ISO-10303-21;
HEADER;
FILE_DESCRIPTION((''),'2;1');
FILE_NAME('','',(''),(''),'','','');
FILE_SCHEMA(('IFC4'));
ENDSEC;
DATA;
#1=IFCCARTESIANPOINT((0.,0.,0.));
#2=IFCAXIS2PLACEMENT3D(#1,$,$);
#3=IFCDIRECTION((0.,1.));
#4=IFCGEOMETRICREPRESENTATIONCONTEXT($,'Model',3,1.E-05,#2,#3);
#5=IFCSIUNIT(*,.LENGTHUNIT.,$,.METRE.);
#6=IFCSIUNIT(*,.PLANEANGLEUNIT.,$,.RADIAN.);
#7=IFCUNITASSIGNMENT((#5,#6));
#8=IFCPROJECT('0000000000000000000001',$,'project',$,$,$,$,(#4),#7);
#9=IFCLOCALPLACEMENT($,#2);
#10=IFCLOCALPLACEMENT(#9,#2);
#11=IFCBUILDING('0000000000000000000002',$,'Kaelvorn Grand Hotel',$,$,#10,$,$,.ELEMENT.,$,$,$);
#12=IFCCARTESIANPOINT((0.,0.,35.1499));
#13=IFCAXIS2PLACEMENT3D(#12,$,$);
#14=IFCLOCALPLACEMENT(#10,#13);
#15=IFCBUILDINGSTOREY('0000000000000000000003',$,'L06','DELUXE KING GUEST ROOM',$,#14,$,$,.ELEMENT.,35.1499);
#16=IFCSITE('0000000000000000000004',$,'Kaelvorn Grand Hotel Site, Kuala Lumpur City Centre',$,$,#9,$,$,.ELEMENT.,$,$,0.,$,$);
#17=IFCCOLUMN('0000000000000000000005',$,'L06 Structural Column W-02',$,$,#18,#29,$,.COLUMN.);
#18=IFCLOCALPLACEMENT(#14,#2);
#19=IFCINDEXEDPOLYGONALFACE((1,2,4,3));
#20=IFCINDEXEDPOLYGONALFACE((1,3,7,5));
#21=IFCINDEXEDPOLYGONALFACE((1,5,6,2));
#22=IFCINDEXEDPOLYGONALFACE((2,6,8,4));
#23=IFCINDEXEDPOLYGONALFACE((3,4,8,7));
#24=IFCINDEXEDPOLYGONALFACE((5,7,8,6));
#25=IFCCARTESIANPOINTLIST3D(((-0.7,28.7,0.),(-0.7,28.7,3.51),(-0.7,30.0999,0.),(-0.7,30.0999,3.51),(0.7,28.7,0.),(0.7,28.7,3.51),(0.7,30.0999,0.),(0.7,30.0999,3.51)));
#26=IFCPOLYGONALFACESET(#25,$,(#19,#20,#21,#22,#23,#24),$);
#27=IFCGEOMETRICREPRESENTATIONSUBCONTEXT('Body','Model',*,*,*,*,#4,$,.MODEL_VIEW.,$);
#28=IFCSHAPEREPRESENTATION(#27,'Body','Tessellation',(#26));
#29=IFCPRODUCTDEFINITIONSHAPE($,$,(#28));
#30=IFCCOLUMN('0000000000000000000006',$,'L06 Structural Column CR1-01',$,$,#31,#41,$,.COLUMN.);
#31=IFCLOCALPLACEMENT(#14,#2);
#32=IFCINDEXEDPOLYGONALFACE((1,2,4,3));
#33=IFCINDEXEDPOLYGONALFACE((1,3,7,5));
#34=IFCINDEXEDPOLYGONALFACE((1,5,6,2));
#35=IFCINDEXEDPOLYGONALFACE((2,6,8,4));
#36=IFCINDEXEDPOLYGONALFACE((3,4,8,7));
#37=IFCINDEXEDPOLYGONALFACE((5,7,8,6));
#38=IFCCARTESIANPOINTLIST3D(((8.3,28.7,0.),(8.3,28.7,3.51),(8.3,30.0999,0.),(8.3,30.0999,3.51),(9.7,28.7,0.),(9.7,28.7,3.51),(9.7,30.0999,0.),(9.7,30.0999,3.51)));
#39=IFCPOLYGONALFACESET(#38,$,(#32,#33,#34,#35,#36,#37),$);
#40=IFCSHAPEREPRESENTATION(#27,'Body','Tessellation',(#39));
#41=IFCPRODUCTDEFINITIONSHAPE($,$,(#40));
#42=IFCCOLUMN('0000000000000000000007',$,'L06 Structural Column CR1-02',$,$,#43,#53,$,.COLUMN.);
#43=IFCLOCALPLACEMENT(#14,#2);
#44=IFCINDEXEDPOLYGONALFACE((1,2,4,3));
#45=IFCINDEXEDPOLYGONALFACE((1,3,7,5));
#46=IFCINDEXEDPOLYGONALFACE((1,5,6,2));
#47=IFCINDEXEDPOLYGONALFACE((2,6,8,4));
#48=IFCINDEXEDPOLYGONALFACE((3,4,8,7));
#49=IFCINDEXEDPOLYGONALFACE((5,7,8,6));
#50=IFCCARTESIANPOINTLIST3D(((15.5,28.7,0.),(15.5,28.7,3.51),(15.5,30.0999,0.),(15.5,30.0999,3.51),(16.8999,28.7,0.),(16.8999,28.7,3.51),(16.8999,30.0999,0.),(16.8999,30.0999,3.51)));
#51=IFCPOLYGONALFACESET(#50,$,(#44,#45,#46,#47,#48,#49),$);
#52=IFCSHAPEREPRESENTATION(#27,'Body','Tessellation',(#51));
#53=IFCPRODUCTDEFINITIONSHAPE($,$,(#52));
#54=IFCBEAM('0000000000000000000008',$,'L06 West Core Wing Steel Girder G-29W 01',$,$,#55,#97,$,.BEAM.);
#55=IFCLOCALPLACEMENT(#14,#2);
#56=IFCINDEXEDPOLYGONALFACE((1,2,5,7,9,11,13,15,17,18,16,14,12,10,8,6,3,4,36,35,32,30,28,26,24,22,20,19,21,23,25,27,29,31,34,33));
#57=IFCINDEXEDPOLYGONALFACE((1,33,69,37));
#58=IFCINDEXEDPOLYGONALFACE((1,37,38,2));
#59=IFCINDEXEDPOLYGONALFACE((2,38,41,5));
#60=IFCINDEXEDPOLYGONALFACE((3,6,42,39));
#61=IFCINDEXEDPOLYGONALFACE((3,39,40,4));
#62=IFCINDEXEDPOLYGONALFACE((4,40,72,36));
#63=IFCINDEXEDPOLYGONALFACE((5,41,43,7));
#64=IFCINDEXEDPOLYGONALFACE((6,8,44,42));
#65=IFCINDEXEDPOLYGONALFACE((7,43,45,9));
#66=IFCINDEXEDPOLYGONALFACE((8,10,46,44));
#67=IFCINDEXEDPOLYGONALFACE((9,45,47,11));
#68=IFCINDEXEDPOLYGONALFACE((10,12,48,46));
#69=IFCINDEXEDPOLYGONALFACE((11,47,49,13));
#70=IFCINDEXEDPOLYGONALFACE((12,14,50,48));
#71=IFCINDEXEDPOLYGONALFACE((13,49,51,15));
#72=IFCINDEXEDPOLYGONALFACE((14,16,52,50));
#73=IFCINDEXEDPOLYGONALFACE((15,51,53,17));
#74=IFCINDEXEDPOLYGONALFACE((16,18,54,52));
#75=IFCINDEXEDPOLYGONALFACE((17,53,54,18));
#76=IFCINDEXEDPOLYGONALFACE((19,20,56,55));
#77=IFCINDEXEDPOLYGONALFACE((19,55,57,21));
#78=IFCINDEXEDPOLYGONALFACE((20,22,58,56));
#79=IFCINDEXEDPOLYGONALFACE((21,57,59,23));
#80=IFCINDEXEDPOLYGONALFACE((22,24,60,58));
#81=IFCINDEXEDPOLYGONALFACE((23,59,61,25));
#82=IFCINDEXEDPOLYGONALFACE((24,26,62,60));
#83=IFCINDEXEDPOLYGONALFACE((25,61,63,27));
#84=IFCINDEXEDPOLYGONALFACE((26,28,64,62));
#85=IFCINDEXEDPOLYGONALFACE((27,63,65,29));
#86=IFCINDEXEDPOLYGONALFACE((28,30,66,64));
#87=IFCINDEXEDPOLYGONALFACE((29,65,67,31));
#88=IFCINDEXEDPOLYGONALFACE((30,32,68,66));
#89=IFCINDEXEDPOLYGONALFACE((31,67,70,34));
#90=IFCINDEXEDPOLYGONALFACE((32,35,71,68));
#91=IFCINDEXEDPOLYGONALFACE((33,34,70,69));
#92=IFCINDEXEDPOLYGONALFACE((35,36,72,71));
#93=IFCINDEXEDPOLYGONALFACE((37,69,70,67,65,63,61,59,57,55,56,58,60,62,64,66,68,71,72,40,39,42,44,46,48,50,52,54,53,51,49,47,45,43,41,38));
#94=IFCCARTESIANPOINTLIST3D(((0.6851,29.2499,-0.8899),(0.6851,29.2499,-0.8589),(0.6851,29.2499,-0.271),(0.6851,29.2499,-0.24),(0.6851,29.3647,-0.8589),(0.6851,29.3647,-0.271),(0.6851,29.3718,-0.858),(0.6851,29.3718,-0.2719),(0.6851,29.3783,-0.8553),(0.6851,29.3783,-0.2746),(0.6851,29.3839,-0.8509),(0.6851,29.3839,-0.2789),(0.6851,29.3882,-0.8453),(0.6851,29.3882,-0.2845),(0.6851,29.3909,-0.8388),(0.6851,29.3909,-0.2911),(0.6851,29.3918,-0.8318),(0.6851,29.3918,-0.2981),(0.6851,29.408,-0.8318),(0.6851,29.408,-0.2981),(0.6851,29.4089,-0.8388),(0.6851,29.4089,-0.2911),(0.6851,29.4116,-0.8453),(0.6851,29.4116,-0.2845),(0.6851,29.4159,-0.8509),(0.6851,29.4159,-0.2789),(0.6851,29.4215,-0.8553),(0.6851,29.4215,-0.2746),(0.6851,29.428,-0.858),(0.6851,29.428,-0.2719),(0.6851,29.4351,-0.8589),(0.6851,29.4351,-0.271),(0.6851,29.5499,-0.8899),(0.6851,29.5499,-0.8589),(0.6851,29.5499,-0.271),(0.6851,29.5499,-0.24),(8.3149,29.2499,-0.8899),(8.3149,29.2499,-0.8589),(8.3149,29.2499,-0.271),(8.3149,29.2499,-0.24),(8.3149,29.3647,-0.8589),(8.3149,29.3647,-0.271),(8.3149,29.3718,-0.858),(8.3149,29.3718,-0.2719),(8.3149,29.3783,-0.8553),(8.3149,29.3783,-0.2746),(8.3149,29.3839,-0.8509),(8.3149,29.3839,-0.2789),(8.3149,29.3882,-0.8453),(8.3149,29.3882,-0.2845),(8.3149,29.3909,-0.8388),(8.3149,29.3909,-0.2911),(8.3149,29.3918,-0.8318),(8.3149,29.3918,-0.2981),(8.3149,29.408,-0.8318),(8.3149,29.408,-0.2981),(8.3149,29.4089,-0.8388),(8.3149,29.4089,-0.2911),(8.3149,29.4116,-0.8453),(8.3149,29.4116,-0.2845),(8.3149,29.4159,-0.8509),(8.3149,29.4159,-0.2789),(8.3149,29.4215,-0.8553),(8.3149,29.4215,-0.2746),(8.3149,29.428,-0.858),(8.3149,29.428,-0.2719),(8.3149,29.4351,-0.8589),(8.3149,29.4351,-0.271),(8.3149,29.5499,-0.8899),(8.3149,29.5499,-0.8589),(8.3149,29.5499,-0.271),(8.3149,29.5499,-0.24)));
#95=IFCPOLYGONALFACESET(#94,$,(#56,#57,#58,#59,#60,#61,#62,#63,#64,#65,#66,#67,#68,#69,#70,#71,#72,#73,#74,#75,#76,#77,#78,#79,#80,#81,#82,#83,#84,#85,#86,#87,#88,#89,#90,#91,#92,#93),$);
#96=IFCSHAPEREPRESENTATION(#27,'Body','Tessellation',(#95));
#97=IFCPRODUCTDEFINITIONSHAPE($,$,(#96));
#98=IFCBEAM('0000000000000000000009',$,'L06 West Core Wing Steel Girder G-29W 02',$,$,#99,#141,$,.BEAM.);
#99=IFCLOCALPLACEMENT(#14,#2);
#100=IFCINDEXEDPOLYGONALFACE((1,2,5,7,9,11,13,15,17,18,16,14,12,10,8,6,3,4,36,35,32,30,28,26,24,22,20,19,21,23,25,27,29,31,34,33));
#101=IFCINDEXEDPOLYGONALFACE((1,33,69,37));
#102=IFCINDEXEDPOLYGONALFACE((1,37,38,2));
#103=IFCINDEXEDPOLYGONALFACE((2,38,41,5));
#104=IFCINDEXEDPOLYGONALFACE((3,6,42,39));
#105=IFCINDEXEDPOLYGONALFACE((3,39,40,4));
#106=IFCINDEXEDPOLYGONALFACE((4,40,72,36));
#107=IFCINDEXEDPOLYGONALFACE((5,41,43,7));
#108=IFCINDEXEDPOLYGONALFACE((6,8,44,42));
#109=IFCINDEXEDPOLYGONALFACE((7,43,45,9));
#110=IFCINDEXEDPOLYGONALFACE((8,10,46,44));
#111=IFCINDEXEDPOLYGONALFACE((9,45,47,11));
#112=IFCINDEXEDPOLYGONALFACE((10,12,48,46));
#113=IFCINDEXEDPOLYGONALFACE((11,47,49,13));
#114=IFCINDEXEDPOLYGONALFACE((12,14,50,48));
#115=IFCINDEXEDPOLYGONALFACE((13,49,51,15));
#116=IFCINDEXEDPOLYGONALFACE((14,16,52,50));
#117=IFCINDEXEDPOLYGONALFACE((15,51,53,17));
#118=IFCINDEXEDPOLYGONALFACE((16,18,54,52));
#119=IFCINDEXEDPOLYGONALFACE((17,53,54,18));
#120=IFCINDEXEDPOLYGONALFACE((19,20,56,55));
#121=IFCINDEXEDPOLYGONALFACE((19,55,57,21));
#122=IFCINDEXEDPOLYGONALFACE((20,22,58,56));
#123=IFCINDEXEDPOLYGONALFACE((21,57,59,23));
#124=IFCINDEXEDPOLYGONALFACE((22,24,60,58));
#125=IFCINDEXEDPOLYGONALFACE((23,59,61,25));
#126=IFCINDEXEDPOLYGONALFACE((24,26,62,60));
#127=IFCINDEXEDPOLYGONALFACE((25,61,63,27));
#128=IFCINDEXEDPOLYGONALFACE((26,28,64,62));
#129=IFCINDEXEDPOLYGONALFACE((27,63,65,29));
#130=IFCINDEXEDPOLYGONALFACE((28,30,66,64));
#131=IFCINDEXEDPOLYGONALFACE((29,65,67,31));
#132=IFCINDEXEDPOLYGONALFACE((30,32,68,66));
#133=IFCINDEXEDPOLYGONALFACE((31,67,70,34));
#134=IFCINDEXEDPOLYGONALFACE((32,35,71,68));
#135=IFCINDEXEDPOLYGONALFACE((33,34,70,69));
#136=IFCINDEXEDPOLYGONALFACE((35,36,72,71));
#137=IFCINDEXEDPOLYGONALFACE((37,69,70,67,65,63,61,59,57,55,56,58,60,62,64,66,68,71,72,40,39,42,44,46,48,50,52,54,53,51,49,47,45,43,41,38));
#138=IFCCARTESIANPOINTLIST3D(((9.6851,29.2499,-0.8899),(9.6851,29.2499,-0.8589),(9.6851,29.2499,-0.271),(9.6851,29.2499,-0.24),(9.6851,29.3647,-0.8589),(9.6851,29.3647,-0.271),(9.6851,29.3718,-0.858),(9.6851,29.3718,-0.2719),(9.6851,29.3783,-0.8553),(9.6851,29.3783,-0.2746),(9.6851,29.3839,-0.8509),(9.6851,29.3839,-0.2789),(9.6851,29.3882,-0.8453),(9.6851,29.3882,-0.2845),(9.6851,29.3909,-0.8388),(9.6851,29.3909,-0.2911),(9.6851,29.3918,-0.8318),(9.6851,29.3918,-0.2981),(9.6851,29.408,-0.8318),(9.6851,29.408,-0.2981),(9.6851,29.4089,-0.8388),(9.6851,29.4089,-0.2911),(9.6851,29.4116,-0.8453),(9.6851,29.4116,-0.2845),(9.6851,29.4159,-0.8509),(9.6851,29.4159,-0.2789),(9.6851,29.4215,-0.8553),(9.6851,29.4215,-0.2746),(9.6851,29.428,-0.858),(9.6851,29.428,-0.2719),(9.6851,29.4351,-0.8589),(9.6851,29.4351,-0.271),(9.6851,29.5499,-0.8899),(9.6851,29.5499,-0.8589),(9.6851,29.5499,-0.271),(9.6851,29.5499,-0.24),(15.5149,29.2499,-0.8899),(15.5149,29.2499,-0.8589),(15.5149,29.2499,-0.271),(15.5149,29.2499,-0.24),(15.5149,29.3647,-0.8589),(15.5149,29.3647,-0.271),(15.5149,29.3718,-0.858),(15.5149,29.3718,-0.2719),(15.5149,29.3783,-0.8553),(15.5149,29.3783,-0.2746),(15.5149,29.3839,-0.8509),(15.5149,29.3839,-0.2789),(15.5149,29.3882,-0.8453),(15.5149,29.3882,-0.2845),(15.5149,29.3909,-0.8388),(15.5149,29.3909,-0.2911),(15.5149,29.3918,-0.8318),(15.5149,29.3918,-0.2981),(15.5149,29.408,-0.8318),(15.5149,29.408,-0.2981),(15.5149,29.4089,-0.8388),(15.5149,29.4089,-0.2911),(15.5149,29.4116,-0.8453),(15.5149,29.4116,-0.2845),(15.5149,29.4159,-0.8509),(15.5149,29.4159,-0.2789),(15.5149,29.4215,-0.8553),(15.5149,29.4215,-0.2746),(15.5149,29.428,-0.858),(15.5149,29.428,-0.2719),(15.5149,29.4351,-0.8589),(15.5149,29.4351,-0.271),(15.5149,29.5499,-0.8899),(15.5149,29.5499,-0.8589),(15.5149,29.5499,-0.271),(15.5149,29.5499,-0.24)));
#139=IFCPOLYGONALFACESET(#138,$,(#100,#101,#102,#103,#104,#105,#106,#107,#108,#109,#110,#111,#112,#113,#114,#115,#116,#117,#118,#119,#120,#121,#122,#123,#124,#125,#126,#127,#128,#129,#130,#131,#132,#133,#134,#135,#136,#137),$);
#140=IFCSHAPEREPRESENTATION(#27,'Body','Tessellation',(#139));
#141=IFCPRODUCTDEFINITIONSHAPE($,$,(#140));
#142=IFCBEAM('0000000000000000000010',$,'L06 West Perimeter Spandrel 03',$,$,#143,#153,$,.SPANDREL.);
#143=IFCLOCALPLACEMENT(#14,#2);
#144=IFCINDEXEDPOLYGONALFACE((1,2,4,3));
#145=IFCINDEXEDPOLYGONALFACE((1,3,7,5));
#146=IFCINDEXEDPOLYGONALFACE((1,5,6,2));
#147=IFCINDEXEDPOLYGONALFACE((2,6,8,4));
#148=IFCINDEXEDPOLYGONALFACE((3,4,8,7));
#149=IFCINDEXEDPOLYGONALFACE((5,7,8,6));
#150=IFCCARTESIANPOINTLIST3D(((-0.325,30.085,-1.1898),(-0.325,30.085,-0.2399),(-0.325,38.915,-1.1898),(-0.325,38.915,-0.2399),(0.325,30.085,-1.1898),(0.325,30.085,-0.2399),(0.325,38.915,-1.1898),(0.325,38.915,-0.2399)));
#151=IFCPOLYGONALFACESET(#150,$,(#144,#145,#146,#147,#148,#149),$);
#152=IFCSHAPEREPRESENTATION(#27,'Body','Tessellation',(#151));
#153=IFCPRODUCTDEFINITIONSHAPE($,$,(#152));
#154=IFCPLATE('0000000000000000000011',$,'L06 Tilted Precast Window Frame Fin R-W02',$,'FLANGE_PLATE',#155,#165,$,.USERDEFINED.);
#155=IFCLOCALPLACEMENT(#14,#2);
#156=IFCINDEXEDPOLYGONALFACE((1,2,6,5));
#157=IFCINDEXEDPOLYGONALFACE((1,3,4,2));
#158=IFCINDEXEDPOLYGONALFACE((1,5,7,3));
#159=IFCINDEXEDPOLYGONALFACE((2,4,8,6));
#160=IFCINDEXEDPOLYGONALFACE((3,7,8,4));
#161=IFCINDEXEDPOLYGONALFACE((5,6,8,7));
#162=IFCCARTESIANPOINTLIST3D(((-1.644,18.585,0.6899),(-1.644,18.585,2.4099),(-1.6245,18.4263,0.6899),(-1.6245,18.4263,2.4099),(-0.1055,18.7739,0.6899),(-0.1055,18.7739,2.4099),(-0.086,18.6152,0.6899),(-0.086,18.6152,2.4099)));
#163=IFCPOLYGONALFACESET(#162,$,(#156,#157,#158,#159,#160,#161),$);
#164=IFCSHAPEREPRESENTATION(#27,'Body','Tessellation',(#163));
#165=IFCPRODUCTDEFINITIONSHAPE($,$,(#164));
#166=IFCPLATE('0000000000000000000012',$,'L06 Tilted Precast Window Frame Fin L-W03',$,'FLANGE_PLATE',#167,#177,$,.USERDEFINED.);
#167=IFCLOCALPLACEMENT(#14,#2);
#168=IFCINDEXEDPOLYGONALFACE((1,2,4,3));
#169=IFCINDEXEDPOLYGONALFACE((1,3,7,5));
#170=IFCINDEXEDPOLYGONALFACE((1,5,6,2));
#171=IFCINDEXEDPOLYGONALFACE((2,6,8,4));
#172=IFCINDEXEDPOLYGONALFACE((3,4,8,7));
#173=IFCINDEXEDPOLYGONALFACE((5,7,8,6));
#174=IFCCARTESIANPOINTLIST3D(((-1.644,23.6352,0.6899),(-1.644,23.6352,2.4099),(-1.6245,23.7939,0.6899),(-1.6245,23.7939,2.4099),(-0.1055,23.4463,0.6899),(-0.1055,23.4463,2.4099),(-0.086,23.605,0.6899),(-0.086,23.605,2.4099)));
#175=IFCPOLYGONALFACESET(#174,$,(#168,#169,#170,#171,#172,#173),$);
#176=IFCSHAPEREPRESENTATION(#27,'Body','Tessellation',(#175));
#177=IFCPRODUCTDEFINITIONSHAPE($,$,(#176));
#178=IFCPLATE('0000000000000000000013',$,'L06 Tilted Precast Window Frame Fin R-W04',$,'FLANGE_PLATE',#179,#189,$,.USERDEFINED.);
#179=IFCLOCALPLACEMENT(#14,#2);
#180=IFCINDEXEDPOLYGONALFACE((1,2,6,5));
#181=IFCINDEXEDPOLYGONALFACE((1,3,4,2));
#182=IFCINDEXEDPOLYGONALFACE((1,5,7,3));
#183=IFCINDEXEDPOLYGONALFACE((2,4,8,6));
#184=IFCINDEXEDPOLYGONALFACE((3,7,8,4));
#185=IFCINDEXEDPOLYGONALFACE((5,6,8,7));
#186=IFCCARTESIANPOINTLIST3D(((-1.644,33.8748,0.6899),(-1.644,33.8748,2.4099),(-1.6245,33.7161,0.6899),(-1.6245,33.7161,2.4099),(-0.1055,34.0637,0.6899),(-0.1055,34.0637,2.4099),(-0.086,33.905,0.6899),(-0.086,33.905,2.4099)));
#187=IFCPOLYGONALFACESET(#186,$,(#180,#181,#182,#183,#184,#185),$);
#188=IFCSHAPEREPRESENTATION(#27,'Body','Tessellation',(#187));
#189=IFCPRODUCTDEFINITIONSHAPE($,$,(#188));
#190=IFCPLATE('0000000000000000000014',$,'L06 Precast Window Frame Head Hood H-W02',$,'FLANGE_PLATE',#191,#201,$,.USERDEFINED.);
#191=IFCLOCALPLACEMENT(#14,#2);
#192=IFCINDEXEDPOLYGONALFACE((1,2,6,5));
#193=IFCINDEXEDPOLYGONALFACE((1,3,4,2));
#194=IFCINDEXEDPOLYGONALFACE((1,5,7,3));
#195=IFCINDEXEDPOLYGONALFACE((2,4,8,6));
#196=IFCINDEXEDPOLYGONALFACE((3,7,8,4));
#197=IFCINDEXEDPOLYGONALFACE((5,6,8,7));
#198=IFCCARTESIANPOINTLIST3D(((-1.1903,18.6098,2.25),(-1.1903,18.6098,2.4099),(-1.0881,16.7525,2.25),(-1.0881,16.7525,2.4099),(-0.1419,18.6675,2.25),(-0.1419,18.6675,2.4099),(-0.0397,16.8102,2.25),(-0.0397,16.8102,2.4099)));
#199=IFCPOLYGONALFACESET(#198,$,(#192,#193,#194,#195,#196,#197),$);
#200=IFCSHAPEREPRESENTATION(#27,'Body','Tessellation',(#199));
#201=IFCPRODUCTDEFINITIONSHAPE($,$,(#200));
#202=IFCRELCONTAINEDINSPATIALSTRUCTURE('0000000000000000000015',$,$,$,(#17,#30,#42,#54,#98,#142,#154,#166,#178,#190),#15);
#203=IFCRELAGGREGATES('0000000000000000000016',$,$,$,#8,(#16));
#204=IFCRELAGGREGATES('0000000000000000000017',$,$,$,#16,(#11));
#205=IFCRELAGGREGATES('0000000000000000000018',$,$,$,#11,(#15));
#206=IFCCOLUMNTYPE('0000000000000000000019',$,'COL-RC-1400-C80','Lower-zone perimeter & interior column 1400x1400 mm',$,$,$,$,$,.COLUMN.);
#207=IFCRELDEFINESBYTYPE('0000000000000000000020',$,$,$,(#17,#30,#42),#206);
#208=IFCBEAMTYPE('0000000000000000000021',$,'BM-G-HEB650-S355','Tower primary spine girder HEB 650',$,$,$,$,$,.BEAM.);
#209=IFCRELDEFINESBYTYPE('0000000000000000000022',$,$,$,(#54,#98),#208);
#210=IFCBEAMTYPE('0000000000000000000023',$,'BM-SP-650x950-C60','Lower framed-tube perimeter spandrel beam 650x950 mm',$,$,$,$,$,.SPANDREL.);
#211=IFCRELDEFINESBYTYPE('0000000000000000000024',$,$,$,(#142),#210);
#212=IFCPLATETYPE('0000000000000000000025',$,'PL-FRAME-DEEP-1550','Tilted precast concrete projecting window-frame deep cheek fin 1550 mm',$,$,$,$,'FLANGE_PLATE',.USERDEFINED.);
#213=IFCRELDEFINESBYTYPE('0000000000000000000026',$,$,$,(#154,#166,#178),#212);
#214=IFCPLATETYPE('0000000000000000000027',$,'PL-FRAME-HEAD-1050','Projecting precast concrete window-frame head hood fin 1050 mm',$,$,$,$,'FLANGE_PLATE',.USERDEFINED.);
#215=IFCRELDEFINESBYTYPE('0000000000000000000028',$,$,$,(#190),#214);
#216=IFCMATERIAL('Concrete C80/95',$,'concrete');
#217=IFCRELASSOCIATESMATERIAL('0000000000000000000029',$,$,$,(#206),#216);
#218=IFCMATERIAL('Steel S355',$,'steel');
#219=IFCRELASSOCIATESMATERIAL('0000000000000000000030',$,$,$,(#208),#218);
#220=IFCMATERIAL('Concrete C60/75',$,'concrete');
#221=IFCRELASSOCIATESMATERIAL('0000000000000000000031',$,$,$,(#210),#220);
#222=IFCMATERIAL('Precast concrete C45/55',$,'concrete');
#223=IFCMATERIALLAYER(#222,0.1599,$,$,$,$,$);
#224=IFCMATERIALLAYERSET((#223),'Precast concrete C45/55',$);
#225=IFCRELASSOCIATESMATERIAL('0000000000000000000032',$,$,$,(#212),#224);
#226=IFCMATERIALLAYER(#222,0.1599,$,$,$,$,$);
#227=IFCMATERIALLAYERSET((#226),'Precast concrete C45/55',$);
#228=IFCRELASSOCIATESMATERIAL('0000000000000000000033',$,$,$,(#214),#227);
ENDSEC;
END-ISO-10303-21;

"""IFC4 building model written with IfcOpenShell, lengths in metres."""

from ifc_helpers import new_model, si_unit, direction, frame, origin, origin_2d, place, context, subcontext, project, spatial, rectangle, i_section, extrude, material, layer, layer_set, material_profile, profile_set, type_object, element, save


model = new_model("IFC4")

# Units and contexts
model_context = context("Model", 3, precision=1e-05, world=origin(), true_north=direction((0.0, 1.0)))
body_context = subcontext(model_context, "Body", "Model", "MODEL_VIEW")
ifc_project = project(units=[si_unit("LENGTHUNIT", "METRE"), si_unit("PLANEANGLEUNIT", "RADIAN")], contexts=[model_context])

# Site, building, storey
site_placement = place(None, origin())
site = spatial("IfcSite", under=ifc_project, at=site_placement, Name="Kaelvorn Grand Hotel Site, Kuala Lumpur City Centre", CompositionType="ELEMENT", RefElevation=0.0)
building_placement = place(site_placement, origin())
building = spatial("IfcBuilding", under=site, at=building_placement, Name="Kaelvorn Grand Hotel", CompositionType="ELEMENT")
storey_placement = place(building_placement, frame((0.0, 0.0, 35.1499)))
storey = spatial("IfcBuildingStorey", under=building, at=storey_placement, Name="L06", Description="DELUXE KING GUEST ROOM", CompositionType="ELEMENT", Elevation=35.1499)

# Columns
ifc_material_1 = material(Name="Concrete C80/95", Category="concrete")
ifc_material_profile_1 = material_profile(ifc_material_1, rectangle(XDim=1.3999, YDim=1.3999, at=origin_2d()), Name="RC COL 1400x1400")
ifc_profile_set_1 = profile_set([ifc_material_profile_1], Name="Concrete C80/95")
column_type = type_object("IfcColumnType", Name="COL-RC-1400-C80", Description="Lower-zone perimeter & interior column 1400x1400 mm", PredefinedType="COLUMN", material=ifc_profile_set_1)
for number, where, z_axis, x_axis, name in (
    (1, (0.0, 29.3999, 0.0), (0.0, 0.0, 1.0), (1.0, 0.0, 0.0), "L06 Structural Column W-02"),
    (2, (9.0, 29.3999, 0.0), (0.0, 0.0, 1.0), (1.0, 0.0, 0.0), "L06 Structural Column CR1-01"),
    (3, (16.2, 29.3999, 0.0), (0.0, 0.0, 1.0), (1.0, 0.0, 0.0), "L06 Structural Column CR1-02"),
):
    element("IfcColumn", number, at=place(storey_placement, frame(where, z_axis=z_axis, x_axis=x_axis)), inside=storey, type_object=column_type, Name=name, PredefinedType="COLUMN", context=body_context, shape_type="SweptSolid", body=[
        extrude(rectangle(XDim=1.3999, YDim=1.3999, at=origin_2d()), origin(), (0.0, 0.0, 1.0), 3.51),
    ])

# Beams
ifc_material_2 = material(Name="Steel S355", Category="steel")
ifc_material_profile_2 = material_profile(ifc_material_2, i_section(OverallWidth=0.3, OverallDepth=0.6499, WebThickness=0.0161, FlangeThickness=0.031, FilletRadius=0.0271, at=origin_2d()), Name="HEB 650")
ifc_profile_set_2 = profile_set([ifc_material_profile_2], Name="Steel S355")
beam_type_1 = type_object("IfcBeamType", Name="BM-G-HEB650-S355", Description="Tower primary spine girder HEB 650", PredefinedType="BEAM", material=ifc_profile_set_2)
beam_1_placement = place(storey_placement, frame((0.6851, 29.3999, -0.5649), z_axis=(1.0, 0.0, 0.0), x_axis=(0.0, 1.0, 0.0)))
element("IfcBeam", 4, at=beam_1_placement, inside=storey, type_object=beam_type_1, Name="L06 West Core Wing Steel Girder G-29W 01", PredefinedType="BEAM", context=body_context, shape_type="SweptSolid", body=[
    extrude(i_section(OverallWidth=0.3, OverallDepth=0.6499, WebThickness=0.0161, FlangeThickness=0.031, FilletRadius=0.0271, at=origin_2d()), origin(), (0.0, 0.0, 1.0), 7.6299),
])
beam_2_placement = place(storey_placement, frame((9.6851, 29.3999, -0.5649), z_axis=(1.0, 0.0, 0.0), x_axis=(0.0, 1.0, 0.0)))
element("IfcBeam", 5, at=beam_2_placement, inside=storey, type_object=beam_type_1, Name="L06 West Core Wing Steel Girder G-29W 02", PredefinedType="BEAM", context=body_context, shape_type="SweptSolid", body=[
    extrude(i_section(OverallWidth=0.3, OverallDepth=0.6499, WebThickness=0.0161, FlangeThickness=0.031, FilletRadius=0.0271, at=origin_2d()), origin(), (0.0, 0.0, 1.0), 5.8298),
])
ifc_material_3 = material(Name="Concrete C60/75", Category="concrete")
ifc_material_profile_3 = material_profile(ifc_material_3, rectangle(XDim=0.6499, YDim=0.95, at=origin_2d()), Name="RC SPANDREL 650x950")
ifc_profile_set_3 = profile_set([ifc_material_profile_3], Name="Concrete C60/75")
beam_type_2 = type_object("IfcBeamType", Name="BM-SP-650x950-C60", Description="Lower framed-tube perimeter spandrel beam 650x950 mm", PredefinedType="SPANDREL", material=ifc_profile_set_3)
beam_3_placement = place(storey_placement, frame((0.0, 30.085, -0.7148), z_axis=(0.0, 1.0, 0.0), x_axis=(-1.0, 0.0, 0.0)))
element("IfcBeam", 6, at=beam_3_placement, inside=storey, type_object=beam_type_2, Name="L06 West Perimeter Spandrel 03", PredefinedType="SPANDREL", context=body_context, shape_type="SweptSolid", body=[
    extrude(rectangle(XDim=0.6499, YDim=0.95, at=origin_2d()), origin(), (0.0, 0.0, 1.0), 8.8301),
])

# Plates
ifc_material_4 = material(Name="Precast concrete C45/55", Category="concrete")
ifc_layer_1 = layer(ifc_material_4, 0.1599)
ifc_layer_set_1 = layer_set([ifc_layer_1], Name="Precast concrete C45/55")
plate_type_1 = type_object("IfcPlateType", Name="PL-FRAME-DEEP-1550", Description="Tilted precast concrete projecting window-frame deep cheek fin 1550 mm", ElementType="FLANGE_PLATE", PredefinedType="USERDEFINED", material=ifc_layer_set_1)
for number, where, z_axis, x_axis, name in (
    (7, (-0.865, 18.6001, 0.6899), (0.0, 0.0, 1.0), (-0.121869, 0.992546, 0.0), "L06 Tilted Precast Window Frame Fin R-W02"),
    (8, (-0.865, 23.6201, 0.6899), (0.0, 0.0, 1.0), (0.121869, 0.992546, 0.0), "L06 Tilted Precast Window Frame Fin L-W03"),
    (9, (-0.865, 33.8899, 0.6899), (0.0, 0.0, 1.0), (-0.121869, 0.992546, 0.0), "L06 Tilted Precast Window Frame Fin R-W04"),
):
    element("IfcPlate", number, at=place(storey_placement, frame(where, z_axis=z_axis, x_axis=x_axis)), inside=storey, type_object=plate_type_1, Name=name, ObjectType="FLANGE_PLATE", PredefinedType="USERDEFINED", context=body_context, shape_type="SweptSolid", body=[
        extrude(rectangle(XDim=0.1599, YDim=1.55, at=origin_2d()), origin(), (0.0, 0.0, 1.0), 1.72),
    ])
ifc_layer_2 = layer(ifc_material_4, 0.1599)
ifc_layer_set_2 = layer_set([ifc_layer_2], Name="Precast concrete C45/55")
plate_type_2 = type_object("IfcPlateType", Name="PL-FRAME-HEAD-1050", Description="Projecting precast concrete window-frame head hood fin 1050 mm", ElementType="FLANGE_PLATE", PredefinedType="USERDEFINED", material=ifc_layer_set_2)
for number, where, z_axis, x_axis, name in (
    (10, (-0.615, 17.71, 2.25), (0.0, 0.0, 1.0), (-0.05495, 0.998489, 0.0), "L06 Precast Window Frame Head Hood H-W02"),
):
    element("IfcPlate", number, at=place(storey_placement, frame(where, z_axis=z_axis, x_axis=x_axis)), inside=storey, type_object=plate_type_2, Name=name, ObjectType="FLANGE_PLATE", PredefinedType="USERDEFINED", context=body_context, shape_type="SweptSolid", body=[
        extrude(rectangle(XDim=1.8601, YDim=1.05, at=origin_2d()), origin(), (0.0, 0.0, 1.0), 0.1599),
    ])

save(model, "model.ifc")
